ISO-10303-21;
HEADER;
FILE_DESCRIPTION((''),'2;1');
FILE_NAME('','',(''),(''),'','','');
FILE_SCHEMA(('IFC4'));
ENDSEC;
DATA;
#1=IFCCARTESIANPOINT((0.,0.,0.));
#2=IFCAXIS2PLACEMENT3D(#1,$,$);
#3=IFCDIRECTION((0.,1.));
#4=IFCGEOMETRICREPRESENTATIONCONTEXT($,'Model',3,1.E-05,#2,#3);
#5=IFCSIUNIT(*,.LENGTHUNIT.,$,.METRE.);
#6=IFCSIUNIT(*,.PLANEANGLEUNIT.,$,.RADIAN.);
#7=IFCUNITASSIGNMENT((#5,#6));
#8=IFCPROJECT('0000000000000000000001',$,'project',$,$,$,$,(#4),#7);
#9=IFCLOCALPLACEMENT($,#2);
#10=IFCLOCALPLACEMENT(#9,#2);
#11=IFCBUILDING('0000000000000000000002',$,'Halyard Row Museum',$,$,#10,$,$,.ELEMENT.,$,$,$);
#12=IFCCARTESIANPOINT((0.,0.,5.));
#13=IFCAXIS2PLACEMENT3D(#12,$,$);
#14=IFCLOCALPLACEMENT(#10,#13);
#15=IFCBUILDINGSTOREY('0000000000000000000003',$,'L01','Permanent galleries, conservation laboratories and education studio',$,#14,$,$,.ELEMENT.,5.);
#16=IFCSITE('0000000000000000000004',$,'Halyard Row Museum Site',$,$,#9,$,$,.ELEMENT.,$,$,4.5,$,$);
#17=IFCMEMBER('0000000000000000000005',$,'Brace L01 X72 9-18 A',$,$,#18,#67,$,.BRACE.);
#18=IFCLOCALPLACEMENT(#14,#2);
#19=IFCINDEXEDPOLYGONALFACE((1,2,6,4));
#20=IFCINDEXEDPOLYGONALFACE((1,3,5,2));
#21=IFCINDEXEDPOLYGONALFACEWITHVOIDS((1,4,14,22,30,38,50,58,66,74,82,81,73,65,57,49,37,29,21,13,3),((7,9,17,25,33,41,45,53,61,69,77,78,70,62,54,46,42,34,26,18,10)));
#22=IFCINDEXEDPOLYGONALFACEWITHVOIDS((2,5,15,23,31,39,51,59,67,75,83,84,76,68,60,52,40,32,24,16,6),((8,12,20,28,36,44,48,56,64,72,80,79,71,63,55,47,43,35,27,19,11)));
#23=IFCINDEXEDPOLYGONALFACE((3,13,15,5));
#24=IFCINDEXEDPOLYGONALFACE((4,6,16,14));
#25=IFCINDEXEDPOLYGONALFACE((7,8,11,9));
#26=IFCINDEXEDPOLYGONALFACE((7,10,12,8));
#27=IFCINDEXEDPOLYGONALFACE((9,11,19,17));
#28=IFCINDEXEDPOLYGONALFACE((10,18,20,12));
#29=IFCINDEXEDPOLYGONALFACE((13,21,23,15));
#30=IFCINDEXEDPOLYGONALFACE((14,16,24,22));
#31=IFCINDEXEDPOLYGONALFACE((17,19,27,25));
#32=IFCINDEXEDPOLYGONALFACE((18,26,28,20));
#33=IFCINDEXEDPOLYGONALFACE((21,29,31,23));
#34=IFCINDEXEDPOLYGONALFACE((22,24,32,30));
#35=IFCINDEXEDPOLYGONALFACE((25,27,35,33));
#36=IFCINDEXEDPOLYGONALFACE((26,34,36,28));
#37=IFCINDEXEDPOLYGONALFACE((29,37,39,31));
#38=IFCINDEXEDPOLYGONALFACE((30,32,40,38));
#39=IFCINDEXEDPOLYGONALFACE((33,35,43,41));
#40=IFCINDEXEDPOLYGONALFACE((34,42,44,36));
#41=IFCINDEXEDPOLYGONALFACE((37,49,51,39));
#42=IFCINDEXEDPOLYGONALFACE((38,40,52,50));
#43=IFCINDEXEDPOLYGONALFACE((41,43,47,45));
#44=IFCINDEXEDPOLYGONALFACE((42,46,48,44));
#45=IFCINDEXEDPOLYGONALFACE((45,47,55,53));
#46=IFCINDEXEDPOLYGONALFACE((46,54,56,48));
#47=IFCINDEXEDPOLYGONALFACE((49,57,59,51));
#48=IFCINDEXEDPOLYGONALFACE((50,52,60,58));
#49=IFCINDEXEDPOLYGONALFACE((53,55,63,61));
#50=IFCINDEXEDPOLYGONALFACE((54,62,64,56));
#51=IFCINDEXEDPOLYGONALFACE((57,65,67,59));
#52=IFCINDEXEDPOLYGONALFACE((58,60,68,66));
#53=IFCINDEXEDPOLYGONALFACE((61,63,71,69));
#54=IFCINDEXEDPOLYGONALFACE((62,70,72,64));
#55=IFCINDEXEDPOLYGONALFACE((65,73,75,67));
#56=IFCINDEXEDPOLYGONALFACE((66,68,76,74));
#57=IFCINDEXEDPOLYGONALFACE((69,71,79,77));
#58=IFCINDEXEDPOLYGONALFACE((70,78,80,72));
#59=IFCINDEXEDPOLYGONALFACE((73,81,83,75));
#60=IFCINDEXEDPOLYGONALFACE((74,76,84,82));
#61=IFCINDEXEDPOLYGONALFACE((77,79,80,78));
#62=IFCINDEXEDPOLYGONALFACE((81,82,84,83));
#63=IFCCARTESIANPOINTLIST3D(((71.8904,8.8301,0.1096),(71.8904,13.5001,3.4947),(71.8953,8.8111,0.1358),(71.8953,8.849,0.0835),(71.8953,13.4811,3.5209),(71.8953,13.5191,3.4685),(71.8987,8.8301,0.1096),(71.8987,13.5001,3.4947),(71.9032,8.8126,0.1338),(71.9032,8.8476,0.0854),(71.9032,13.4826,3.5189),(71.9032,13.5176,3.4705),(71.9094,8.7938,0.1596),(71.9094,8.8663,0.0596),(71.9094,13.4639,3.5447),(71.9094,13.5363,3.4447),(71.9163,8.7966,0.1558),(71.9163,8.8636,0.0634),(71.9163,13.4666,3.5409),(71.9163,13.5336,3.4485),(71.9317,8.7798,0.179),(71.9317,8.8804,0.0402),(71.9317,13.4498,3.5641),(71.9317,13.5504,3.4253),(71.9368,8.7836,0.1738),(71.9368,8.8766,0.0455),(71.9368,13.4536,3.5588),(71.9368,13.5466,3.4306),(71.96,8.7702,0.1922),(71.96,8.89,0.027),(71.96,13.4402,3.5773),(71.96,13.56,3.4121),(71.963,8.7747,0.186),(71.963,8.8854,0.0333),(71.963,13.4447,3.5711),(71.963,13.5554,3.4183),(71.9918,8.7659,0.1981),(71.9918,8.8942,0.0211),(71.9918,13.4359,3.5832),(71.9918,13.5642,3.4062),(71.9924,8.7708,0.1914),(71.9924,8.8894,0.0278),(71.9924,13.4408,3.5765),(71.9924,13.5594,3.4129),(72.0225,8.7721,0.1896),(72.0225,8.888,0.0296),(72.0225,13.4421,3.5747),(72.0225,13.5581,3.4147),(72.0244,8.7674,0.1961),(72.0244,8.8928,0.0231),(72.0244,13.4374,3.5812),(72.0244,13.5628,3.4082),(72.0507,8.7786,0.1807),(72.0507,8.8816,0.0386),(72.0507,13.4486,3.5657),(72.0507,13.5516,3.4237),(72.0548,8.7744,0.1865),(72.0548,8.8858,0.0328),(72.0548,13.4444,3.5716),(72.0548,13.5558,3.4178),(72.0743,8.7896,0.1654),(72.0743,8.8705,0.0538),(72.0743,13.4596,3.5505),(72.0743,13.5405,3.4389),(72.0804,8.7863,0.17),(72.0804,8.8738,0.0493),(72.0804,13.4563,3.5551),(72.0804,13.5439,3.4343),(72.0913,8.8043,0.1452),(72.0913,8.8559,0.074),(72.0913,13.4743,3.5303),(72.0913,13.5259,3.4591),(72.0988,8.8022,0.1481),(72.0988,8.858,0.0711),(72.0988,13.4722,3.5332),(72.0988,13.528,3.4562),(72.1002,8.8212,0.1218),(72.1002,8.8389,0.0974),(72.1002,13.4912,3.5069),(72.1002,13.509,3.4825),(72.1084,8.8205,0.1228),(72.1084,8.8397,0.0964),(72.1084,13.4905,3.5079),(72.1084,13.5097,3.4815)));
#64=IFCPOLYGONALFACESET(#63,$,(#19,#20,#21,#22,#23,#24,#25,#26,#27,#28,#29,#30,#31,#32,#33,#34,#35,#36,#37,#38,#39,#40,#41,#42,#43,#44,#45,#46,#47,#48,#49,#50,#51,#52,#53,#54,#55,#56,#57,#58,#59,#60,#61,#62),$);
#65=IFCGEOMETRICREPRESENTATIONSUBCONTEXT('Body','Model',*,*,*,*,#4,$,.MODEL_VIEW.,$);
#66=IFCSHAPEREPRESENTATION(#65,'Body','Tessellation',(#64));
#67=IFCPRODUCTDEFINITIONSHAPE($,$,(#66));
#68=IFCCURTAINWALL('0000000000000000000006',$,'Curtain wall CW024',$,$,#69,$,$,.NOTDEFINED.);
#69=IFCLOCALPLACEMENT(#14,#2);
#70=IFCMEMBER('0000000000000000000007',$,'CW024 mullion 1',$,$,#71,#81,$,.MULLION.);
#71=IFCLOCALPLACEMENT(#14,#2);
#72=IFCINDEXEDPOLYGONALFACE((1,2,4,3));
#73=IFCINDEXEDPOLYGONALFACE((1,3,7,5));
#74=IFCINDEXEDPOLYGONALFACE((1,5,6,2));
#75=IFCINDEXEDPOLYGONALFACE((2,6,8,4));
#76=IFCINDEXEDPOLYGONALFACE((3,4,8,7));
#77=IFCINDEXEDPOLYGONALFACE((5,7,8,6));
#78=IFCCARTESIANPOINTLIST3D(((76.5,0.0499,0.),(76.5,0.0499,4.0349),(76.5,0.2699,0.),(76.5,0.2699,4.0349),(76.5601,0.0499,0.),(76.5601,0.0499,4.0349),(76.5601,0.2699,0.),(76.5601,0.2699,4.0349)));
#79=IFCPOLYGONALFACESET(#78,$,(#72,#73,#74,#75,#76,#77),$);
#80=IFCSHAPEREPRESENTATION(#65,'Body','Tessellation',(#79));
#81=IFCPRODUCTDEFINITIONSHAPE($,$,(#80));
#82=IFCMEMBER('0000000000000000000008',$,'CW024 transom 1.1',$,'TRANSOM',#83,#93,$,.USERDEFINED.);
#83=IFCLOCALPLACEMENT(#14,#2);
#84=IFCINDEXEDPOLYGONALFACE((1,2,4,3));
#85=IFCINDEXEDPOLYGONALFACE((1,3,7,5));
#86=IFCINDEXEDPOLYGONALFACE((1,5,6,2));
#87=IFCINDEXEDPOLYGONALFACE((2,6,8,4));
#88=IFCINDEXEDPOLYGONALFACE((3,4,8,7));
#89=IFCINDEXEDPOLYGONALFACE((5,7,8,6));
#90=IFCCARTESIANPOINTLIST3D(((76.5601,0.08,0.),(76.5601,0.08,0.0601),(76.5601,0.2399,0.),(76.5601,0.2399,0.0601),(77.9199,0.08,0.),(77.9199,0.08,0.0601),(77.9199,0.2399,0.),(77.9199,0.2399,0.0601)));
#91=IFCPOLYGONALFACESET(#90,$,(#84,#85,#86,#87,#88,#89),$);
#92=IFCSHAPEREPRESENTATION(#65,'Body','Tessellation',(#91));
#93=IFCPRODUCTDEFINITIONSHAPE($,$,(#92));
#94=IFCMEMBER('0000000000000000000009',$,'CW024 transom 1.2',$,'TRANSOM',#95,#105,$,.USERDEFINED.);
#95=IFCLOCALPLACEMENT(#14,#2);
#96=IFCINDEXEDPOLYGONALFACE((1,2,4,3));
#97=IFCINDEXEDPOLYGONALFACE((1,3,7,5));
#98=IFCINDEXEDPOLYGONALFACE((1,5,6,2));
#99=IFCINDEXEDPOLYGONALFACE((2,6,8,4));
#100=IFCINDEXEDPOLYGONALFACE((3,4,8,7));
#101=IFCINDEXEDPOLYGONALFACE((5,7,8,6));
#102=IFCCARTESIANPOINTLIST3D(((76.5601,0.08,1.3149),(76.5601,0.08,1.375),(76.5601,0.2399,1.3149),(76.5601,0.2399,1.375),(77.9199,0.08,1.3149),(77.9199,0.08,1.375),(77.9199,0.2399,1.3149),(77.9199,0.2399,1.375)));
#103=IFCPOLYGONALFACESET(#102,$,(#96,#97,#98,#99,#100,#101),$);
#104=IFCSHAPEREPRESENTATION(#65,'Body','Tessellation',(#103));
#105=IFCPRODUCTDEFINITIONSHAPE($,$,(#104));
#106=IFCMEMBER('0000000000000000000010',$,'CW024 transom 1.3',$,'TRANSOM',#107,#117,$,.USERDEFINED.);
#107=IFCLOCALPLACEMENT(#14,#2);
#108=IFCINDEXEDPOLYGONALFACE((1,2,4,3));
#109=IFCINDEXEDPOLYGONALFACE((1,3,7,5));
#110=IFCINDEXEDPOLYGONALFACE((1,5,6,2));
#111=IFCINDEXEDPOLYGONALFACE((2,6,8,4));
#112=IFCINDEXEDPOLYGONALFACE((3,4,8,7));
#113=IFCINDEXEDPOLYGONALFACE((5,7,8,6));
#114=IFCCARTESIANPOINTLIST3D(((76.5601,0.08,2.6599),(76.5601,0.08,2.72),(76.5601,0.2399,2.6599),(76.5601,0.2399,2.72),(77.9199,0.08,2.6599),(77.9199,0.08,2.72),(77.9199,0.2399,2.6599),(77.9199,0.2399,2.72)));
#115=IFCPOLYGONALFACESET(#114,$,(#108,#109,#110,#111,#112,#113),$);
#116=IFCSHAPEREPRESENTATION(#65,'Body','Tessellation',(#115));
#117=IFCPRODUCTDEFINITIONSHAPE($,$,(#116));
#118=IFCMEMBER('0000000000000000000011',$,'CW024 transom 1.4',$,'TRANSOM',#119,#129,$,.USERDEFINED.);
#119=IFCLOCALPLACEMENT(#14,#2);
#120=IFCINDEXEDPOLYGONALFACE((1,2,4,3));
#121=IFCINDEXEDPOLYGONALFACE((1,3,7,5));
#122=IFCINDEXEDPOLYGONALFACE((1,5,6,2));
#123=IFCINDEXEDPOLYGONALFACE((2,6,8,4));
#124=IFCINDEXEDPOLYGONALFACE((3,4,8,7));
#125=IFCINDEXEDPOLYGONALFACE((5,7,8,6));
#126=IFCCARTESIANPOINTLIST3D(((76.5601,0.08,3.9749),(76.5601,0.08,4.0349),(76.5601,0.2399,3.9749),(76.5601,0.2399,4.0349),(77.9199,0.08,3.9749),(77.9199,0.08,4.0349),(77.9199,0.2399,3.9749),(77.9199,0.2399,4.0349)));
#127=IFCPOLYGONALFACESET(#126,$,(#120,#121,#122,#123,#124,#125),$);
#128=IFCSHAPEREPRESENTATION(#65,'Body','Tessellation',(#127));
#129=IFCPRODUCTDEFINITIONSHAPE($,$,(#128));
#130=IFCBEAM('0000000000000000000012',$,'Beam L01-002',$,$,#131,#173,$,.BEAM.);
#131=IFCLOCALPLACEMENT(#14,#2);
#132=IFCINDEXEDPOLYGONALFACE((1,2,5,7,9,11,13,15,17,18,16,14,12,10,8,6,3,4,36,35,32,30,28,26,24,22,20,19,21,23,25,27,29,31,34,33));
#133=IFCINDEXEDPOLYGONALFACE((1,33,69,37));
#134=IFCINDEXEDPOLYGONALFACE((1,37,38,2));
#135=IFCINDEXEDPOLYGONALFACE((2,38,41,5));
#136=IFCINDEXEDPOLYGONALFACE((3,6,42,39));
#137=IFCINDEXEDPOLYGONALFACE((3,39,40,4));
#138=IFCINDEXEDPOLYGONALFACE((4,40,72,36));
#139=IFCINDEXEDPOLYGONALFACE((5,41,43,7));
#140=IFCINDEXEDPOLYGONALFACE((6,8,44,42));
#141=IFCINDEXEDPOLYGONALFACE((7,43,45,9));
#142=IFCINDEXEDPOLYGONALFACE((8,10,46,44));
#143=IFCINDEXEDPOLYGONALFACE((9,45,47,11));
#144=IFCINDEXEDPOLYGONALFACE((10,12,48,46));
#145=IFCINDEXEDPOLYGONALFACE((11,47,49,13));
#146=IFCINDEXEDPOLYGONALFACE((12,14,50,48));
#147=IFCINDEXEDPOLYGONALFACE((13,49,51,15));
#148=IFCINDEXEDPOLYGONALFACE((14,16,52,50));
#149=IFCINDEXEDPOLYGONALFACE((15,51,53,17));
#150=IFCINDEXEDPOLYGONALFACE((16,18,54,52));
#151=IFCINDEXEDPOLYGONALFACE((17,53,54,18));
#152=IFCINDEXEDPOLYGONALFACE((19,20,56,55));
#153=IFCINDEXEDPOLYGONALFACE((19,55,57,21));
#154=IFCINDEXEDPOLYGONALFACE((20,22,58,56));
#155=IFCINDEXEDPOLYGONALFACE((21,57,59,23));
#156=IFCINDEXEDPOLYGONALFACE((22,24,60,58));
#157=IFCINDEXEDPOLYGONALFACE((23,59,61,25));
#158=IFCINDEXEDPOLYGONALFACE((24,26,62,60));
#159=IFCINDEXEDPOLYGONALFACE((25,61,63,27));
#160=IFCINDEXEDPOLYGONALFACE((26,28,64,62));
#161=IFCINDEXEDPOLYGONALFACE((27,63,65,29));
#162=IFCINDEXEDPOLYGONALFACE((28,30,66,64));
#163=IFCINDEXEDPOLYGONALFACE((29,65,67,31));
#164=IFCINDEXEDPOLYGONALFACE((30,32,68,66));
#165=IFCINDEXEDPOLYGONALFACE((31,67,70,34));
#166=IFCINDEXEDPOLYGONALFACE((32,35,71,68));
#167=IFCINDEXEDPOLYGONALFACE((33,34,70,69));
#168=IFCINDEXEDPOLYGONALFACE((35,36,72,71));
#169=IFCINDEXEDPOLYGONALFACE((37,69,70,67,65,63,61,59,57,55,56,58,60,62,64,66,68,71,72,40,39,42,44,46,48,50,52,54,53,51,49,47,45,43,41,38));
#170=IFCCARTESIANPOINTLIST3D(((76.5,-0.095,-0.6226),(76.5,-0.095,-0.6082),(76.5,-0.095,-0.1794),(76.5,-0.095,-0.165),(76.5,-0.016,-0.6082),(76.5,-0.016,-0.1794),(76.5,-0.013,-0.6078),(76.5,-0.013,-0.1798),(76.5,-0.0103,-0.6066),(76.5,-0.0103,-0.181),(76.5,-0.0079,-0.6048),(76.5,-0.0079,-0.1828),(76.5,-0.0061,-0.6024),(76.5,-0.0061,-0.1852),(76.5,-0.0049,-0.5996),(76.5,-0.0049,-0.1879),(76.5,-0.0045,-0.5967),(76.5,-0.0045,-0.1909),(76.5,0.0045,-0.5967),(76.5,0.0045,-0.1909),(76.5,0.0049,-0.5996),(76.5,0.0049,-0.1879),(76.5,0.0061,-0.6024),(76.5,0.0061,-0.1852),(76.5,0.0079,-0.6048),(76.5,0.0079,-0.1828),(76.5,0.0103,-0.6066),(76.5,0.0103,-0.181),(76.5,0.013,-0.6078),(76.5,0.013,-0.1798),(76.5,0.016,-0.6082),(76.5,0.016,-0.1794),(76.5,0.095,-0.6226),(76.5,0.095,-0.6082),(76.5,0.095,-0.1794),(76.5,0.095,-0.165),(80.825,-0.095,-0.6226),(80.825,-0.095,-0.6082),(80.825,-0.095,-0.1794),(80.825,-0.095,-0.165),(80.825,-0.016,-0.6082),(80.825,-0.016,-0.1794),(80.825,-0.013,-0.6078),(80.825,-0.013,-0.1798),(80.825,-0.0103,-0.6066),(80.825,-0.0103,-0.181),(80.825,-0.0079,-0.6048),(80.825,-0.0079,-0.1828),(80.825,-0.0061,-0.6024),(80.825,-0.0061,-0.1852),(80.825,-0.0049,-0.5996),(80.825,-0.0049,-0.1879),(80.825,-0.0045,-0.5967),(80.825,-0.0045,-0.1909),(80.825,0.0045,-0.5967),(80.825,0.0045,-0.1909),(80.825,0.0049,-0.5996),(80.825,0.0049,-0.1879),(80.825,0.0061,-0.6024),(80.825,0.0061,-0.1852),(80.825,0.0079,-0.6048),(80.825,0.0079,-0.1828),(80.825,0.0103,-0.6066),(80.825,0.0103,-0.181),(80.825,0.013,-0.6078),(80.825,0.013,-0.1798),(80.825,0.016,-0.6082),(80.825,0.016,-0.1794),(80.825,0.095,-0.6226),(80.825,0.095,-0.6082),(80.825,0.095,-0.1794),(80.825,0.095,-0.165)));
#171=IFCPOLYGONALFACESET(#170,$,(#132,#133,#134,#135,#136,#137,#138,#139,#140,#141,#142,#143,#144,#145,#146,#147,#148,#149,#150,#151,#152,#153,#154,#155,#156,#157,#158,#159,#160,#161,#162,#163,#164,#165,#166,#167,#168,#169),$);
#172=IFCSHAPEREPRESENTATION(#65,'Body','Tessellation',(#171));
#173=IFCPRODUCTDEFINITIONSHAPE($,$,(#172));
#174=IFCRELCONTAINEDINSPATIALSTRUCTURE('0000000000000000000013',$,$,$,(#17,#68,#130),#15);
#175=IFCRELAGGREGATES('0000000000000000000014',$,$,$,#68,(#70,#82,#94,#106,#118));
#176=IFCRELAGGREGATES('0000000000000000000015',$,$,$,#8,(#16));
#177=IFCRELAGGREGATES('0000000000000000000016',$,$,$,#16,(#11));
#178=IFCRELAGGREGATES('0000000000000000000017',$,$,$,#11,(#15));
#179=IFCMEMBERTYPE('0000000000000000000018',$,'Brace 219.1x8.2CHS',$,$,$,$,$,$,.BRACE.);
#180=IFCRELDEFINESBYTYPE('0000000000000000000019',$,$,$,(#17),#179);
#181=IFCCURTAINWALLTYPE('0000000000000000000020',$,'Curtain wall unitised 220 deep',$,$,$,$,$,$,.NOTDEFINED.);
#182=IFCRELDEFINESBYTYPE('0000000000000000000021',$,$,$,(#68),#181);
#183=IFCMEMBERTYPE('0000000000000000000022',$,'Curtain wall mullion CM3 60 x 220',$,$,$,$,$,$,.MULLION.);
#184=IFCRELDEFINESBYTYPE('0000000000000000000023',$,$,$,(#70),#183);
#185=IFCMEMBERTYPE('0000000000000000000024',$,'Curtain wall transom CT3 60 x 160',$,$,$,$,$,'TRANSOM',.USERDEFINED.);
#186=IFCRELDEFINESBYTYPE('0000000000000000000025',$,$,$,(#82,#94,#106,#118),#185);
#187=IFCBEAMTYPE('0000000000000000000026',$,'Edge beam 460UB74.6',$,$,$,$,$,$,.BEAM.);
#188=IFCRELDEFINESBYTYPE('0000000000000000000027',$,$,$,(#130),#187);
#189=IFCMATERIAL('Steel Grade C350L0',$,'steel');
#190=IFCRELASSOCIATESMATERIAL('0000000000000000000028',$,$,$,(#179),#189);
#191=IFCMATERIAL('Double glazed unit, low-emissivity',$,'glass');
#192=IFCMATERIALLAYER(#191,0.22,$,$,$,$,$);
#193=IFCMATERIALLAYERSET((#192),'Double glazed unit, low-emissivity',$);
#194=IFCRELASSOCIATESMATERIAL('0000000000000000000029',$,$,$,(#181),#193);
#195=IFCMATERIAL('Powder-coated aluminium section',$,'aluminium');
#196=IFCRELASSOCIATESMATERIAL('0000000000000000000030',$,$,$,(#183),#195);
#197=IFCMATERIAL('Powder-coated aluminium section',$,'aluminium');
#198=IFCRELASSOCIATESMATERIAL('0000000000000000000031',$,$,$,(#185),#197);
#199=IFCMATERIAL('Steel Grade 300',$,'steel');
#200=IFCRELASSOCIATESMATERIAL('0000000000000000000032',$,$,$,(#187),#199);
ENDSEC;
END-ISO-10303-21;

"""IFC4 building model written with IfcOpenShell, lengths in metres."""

from ifc_helpers import new_model, si_unit, direction, frame, origin, origin_2d, place, context, subcontext, project, spatial, rectangle, hollow_circle, i_section, extrude, material, layer, layer_set, material_profile, profile_set, type_object, element, aggregate, save


model = new_model("IFC4")

# Units and contexts
model_context = context("Model", 3, precision=1e-05, world=origin(), true_north=direction((0.0, 1.0)))
body_context = subcontext(model_context, "Body", "Model", "MODEL_VIEW")
ifc_project = project(units=[si_unit("LENGTHUNIT", "METRE"), si_unit("PLANEANGLEUNIT", "RADIAN")], contexts=[model_context])

# Site, building, storey
site_placement = place(None, origin())
site = spatial("IfcSite", under=ifc_project, at=site_placement, Name="Halyard Row Museum Site", CompositionType="ELEMENT", RefElevation=4.5)
building_placement = place(site_placement, origin())
building = spatial("IfcBuilding", under=site, at=building_placement, Name="Halyard Row Museum", CompositionType="ELEMENT")
storey_placement = place(building_placement, frame((0.0, 0.0, 5.0)))
storey = spatial("IfcBuildingStorey", under=building, at=storey_placement, Name="L01", Description="Permanent galleries, conservation laboratories and education studio", CompositionType="ELEMENT", Elevation=5.0)

# Member
ifc_material_1 = material(Name="Steel Grade C350L0", Category="steel")
ifc_material_profile_1 = material_profile(ifc_material_1, hollow_circle(Radius=0.1096, WallThickness=0.0083, at=origin_2d()), Name="219.1x8.2CHS")
ifc_profile_set_1 = profile_set([ifc_material_profile_1], Name="Steel Grade C350L0")
member_type_1 = type_object("IfcMemberType", Name="Brace 219.1x8.2CHS", PredefinedType="BRACE", material=ifc_profile_set_1)
member_1_placement = place(storey_placement, frame((72.0, 8.8301, 0.1096), z_axis=(0.0, 0.809667, 0.58689), x_axis=(-1.0, 0.0, 0.0)))
element("IfcMember", 1, at=member_1_placement, inside=storey, type_object=member_type_1, Name="Brace L01 X72 9-18 A", PredefinedType="BRACE", context=body_context, shape_type="SweptSolid", body=[
    extrude(hollow_circle(Radius=0.1096, WallThickness=0.0083, at=origin_2d()), origin(), (0.0, 0.0, 1.0), 5.7678),
])

# Curtain wall, members
ifc_material_2 = material(Name="Double glazed unit, low-emissivity", Category="glass")
ifc_layer_1 = layer(ifc_material_2, 0.22)
ifc_layer_set_1 = layer_set([ifc_layer_1], Name="Double glazed unit, low-emissivity")
curtain_wall_type = type_object("IfcCurtainWallType", Name="Curtain wall unitised 220 deep", PredefinedType="NOTDEFINED", material=ifc_layer_set_1)
curtain_wall_placement = place(storey_placement, origin())
curtain_wall = element("IfcCurtainWall", 2, at=curtain_wall_placement, inside=storey, type_object=curtain_wall_type, Name="Curtain wall CW024", PredefinedType="NOTDEFINED")
ifc_material_3 = material(Name="Powder-coated aluminium section", Category="aluminium")
ifc_material_profile_2 = material_profile(ifc_material_3, rectangle(XDim=0.22, YDim=0.0601, at=origin_2d()), Name="220x60 mullion")
ifc_profile_set_2 = profile_set([ifc_material_profile_2], Name="Powder-coated aluminium section")
member_type_2 = type_object("IfcMemberType", Name="Curtain wall mullion CM3 60 x 220", PredefinedType="MULLION", material=ifc_profile_set_2)
member_2_placement = place(storey_placement, frame((76.53, 0.1599, 0.0), z_axis=(0.0, 0.0, 1.0), x_axis=(0.0, 1.0, 0.0)))
member_2 = element("IfcMember", 3, at=member_2_placement, type_object=member_type_2, Name="CW024 mullion 1", PredefinedType="MULLION", context=body_context, shape_type="SweptSolid", body=[
    extrude(rectangle(XDim=0.22, YDim=0.0601, at=origin_2d()), origin(), (0.0, 0.0, 1.0), 4.0349),
])
ifc_material_4 = material(Name="Powder-coated aluminium section", Category="aluminium")
ifc_material_profile_3 = material_profile(ifc_material_4, rectangle(XDim=0.1599, YDim=0.0601, at=origin_2d()), Name="160x60 transom")
ifc_profile_set_3 = profile_set([ifc_material_profile_3], Name="Powder-coated aluminium section")
member_type_3 = type_object("IfcMemberType", Name="Curtain wall transom CT3 60 x 160", ElementType="TRANSOM", PredefinedType="USERDEFINED", material=ifc_profile_set_3)
member_3_placement = place(storey_placement, frame((76.5601, 0.1599, 0.03), z_axis=(1.0, 0.0, 0.0), x_axis=(0.0, 1.0, 0.0)))
member_3 = element("IfcMember", 4, at=member_3_placement, type_object=member_type_3, Name="CW024 transom 1.1", ObjectType="TRANSOM", PredefinedType="USERDEFINED", context=body_context, shape_type="SweptSolid", body=[
    extrude(rectangle(XDim=0.1599, YDim=0.0601, at=origin_2d()), origin(), (0.0, 0.0, 1.0), 1.3599),
])
member_4_placement = place(storey_placement, frame((76.5601, 0.1599, 1.345), z_axis=(1.0, 0.0, 0.0), x_axis=(0.0, 1.0, 0.0)))
member_4 = element("IfcMember", 5, at=member_4_placement, type_object=member_type_3, Name="CW024 transom 1.2", ObjectType="TRANSOM", PredefinedType="USERDEFINED", context=body_context, shape_type="SweptSolid", body=[
    extrude(rectangle(XDim=0.1599, YDim=0.0601, at=origin_2d()), origin(), (0.0, 0.0, 1.0), 1.3599),
])
member_5_placement = place(storey_placement, frame((76.5601, 0.1599, 2.6899), z_axis=(1.0, 0.0, 0.0), x_axis=(0.0, 1.0, 0.0)))
member_5 = element("IfcMember", 6, at=member_5_placement, type_object=member_type_3, Name="CW024 transom 1.3", ObjectType="TRANSOM", PredefinedType="USERDEFINED", context=body_context, shape_type="SweptSolid", body=[
    extrude(rectangle(XDim=0.1599, YDim=0.0601, at=origin_2d()), origin(), (0.0, 0.0, 1.0), 1.3599),
])
member_6_placement = place(storey_placement, frame((76.5601, 0.1599, 4.0049), z_axis=(1.0, 0.0, 0.0), x_axis=(0.0, 1.0, 0.0)))
member_6 = element("IfcMember", 7, at=member_6_placement, type_object=member_type_3, Name="CW024 transom 1.4", ObjectType="TRANSOM", PredefinedType="USERDEFINED", context=body_context, shape_type="SweptSolid", body=[
    extrude(rectangle(XDim=0.1599, YDim=0.0601, at=origin_2d()), origin(), (0.0, 0.0, 1.0), 1.3599),
])

# Beam
ifc_material_5 = material(Name="Steel Grade 300", Category="steel")
ifc_material_profile_4 = material_profile(ifc_material_5, i_section(OverallWidth=0.1899, OverallDepth=0.4575, WebThickness=0.009, FlangeThickness=0.0144, FilletRadius=0.0115, at=origin_2d()), Name="460UB74.6")
ifc_profile_set_4 = profile_set([ifc_material_profile_4], Name="Steel Grade 300")
beam_type_1 = type_object("IfcBeamType", Name="Edge beam 460UB74.6", PredefinedType="BEAM", material=ifc_profile_set_4)
beam_1_placement = place(storey_placement, frame((76.5, 0.0, -0.3938), z_axis=(1.0, 0.0, 0.0), x_axis=(0.0, 1.0, 0.0)))
element("IfcBeam", 8, at=beam_1_placement, inside=storey, type_object=beam_type_1, Name="Beam L01-002", PredefinedType="BEAM", context=body_context, shape_type="SweptSolid", body=[
    extrude(i_section(OverallWidth=0.1899, OverallDepth=0.4575, WebThickness=0.009, FlangeThickness=0.0144, FilletRadius=0.0115, at=origin_2d()), origin(), (0.0, 0.0, 1.0), 4.325),
])

aggregate(curtain_wall, [member_2, member_3, member_4, member_5, member_6])

save(model, "model.ifc")
